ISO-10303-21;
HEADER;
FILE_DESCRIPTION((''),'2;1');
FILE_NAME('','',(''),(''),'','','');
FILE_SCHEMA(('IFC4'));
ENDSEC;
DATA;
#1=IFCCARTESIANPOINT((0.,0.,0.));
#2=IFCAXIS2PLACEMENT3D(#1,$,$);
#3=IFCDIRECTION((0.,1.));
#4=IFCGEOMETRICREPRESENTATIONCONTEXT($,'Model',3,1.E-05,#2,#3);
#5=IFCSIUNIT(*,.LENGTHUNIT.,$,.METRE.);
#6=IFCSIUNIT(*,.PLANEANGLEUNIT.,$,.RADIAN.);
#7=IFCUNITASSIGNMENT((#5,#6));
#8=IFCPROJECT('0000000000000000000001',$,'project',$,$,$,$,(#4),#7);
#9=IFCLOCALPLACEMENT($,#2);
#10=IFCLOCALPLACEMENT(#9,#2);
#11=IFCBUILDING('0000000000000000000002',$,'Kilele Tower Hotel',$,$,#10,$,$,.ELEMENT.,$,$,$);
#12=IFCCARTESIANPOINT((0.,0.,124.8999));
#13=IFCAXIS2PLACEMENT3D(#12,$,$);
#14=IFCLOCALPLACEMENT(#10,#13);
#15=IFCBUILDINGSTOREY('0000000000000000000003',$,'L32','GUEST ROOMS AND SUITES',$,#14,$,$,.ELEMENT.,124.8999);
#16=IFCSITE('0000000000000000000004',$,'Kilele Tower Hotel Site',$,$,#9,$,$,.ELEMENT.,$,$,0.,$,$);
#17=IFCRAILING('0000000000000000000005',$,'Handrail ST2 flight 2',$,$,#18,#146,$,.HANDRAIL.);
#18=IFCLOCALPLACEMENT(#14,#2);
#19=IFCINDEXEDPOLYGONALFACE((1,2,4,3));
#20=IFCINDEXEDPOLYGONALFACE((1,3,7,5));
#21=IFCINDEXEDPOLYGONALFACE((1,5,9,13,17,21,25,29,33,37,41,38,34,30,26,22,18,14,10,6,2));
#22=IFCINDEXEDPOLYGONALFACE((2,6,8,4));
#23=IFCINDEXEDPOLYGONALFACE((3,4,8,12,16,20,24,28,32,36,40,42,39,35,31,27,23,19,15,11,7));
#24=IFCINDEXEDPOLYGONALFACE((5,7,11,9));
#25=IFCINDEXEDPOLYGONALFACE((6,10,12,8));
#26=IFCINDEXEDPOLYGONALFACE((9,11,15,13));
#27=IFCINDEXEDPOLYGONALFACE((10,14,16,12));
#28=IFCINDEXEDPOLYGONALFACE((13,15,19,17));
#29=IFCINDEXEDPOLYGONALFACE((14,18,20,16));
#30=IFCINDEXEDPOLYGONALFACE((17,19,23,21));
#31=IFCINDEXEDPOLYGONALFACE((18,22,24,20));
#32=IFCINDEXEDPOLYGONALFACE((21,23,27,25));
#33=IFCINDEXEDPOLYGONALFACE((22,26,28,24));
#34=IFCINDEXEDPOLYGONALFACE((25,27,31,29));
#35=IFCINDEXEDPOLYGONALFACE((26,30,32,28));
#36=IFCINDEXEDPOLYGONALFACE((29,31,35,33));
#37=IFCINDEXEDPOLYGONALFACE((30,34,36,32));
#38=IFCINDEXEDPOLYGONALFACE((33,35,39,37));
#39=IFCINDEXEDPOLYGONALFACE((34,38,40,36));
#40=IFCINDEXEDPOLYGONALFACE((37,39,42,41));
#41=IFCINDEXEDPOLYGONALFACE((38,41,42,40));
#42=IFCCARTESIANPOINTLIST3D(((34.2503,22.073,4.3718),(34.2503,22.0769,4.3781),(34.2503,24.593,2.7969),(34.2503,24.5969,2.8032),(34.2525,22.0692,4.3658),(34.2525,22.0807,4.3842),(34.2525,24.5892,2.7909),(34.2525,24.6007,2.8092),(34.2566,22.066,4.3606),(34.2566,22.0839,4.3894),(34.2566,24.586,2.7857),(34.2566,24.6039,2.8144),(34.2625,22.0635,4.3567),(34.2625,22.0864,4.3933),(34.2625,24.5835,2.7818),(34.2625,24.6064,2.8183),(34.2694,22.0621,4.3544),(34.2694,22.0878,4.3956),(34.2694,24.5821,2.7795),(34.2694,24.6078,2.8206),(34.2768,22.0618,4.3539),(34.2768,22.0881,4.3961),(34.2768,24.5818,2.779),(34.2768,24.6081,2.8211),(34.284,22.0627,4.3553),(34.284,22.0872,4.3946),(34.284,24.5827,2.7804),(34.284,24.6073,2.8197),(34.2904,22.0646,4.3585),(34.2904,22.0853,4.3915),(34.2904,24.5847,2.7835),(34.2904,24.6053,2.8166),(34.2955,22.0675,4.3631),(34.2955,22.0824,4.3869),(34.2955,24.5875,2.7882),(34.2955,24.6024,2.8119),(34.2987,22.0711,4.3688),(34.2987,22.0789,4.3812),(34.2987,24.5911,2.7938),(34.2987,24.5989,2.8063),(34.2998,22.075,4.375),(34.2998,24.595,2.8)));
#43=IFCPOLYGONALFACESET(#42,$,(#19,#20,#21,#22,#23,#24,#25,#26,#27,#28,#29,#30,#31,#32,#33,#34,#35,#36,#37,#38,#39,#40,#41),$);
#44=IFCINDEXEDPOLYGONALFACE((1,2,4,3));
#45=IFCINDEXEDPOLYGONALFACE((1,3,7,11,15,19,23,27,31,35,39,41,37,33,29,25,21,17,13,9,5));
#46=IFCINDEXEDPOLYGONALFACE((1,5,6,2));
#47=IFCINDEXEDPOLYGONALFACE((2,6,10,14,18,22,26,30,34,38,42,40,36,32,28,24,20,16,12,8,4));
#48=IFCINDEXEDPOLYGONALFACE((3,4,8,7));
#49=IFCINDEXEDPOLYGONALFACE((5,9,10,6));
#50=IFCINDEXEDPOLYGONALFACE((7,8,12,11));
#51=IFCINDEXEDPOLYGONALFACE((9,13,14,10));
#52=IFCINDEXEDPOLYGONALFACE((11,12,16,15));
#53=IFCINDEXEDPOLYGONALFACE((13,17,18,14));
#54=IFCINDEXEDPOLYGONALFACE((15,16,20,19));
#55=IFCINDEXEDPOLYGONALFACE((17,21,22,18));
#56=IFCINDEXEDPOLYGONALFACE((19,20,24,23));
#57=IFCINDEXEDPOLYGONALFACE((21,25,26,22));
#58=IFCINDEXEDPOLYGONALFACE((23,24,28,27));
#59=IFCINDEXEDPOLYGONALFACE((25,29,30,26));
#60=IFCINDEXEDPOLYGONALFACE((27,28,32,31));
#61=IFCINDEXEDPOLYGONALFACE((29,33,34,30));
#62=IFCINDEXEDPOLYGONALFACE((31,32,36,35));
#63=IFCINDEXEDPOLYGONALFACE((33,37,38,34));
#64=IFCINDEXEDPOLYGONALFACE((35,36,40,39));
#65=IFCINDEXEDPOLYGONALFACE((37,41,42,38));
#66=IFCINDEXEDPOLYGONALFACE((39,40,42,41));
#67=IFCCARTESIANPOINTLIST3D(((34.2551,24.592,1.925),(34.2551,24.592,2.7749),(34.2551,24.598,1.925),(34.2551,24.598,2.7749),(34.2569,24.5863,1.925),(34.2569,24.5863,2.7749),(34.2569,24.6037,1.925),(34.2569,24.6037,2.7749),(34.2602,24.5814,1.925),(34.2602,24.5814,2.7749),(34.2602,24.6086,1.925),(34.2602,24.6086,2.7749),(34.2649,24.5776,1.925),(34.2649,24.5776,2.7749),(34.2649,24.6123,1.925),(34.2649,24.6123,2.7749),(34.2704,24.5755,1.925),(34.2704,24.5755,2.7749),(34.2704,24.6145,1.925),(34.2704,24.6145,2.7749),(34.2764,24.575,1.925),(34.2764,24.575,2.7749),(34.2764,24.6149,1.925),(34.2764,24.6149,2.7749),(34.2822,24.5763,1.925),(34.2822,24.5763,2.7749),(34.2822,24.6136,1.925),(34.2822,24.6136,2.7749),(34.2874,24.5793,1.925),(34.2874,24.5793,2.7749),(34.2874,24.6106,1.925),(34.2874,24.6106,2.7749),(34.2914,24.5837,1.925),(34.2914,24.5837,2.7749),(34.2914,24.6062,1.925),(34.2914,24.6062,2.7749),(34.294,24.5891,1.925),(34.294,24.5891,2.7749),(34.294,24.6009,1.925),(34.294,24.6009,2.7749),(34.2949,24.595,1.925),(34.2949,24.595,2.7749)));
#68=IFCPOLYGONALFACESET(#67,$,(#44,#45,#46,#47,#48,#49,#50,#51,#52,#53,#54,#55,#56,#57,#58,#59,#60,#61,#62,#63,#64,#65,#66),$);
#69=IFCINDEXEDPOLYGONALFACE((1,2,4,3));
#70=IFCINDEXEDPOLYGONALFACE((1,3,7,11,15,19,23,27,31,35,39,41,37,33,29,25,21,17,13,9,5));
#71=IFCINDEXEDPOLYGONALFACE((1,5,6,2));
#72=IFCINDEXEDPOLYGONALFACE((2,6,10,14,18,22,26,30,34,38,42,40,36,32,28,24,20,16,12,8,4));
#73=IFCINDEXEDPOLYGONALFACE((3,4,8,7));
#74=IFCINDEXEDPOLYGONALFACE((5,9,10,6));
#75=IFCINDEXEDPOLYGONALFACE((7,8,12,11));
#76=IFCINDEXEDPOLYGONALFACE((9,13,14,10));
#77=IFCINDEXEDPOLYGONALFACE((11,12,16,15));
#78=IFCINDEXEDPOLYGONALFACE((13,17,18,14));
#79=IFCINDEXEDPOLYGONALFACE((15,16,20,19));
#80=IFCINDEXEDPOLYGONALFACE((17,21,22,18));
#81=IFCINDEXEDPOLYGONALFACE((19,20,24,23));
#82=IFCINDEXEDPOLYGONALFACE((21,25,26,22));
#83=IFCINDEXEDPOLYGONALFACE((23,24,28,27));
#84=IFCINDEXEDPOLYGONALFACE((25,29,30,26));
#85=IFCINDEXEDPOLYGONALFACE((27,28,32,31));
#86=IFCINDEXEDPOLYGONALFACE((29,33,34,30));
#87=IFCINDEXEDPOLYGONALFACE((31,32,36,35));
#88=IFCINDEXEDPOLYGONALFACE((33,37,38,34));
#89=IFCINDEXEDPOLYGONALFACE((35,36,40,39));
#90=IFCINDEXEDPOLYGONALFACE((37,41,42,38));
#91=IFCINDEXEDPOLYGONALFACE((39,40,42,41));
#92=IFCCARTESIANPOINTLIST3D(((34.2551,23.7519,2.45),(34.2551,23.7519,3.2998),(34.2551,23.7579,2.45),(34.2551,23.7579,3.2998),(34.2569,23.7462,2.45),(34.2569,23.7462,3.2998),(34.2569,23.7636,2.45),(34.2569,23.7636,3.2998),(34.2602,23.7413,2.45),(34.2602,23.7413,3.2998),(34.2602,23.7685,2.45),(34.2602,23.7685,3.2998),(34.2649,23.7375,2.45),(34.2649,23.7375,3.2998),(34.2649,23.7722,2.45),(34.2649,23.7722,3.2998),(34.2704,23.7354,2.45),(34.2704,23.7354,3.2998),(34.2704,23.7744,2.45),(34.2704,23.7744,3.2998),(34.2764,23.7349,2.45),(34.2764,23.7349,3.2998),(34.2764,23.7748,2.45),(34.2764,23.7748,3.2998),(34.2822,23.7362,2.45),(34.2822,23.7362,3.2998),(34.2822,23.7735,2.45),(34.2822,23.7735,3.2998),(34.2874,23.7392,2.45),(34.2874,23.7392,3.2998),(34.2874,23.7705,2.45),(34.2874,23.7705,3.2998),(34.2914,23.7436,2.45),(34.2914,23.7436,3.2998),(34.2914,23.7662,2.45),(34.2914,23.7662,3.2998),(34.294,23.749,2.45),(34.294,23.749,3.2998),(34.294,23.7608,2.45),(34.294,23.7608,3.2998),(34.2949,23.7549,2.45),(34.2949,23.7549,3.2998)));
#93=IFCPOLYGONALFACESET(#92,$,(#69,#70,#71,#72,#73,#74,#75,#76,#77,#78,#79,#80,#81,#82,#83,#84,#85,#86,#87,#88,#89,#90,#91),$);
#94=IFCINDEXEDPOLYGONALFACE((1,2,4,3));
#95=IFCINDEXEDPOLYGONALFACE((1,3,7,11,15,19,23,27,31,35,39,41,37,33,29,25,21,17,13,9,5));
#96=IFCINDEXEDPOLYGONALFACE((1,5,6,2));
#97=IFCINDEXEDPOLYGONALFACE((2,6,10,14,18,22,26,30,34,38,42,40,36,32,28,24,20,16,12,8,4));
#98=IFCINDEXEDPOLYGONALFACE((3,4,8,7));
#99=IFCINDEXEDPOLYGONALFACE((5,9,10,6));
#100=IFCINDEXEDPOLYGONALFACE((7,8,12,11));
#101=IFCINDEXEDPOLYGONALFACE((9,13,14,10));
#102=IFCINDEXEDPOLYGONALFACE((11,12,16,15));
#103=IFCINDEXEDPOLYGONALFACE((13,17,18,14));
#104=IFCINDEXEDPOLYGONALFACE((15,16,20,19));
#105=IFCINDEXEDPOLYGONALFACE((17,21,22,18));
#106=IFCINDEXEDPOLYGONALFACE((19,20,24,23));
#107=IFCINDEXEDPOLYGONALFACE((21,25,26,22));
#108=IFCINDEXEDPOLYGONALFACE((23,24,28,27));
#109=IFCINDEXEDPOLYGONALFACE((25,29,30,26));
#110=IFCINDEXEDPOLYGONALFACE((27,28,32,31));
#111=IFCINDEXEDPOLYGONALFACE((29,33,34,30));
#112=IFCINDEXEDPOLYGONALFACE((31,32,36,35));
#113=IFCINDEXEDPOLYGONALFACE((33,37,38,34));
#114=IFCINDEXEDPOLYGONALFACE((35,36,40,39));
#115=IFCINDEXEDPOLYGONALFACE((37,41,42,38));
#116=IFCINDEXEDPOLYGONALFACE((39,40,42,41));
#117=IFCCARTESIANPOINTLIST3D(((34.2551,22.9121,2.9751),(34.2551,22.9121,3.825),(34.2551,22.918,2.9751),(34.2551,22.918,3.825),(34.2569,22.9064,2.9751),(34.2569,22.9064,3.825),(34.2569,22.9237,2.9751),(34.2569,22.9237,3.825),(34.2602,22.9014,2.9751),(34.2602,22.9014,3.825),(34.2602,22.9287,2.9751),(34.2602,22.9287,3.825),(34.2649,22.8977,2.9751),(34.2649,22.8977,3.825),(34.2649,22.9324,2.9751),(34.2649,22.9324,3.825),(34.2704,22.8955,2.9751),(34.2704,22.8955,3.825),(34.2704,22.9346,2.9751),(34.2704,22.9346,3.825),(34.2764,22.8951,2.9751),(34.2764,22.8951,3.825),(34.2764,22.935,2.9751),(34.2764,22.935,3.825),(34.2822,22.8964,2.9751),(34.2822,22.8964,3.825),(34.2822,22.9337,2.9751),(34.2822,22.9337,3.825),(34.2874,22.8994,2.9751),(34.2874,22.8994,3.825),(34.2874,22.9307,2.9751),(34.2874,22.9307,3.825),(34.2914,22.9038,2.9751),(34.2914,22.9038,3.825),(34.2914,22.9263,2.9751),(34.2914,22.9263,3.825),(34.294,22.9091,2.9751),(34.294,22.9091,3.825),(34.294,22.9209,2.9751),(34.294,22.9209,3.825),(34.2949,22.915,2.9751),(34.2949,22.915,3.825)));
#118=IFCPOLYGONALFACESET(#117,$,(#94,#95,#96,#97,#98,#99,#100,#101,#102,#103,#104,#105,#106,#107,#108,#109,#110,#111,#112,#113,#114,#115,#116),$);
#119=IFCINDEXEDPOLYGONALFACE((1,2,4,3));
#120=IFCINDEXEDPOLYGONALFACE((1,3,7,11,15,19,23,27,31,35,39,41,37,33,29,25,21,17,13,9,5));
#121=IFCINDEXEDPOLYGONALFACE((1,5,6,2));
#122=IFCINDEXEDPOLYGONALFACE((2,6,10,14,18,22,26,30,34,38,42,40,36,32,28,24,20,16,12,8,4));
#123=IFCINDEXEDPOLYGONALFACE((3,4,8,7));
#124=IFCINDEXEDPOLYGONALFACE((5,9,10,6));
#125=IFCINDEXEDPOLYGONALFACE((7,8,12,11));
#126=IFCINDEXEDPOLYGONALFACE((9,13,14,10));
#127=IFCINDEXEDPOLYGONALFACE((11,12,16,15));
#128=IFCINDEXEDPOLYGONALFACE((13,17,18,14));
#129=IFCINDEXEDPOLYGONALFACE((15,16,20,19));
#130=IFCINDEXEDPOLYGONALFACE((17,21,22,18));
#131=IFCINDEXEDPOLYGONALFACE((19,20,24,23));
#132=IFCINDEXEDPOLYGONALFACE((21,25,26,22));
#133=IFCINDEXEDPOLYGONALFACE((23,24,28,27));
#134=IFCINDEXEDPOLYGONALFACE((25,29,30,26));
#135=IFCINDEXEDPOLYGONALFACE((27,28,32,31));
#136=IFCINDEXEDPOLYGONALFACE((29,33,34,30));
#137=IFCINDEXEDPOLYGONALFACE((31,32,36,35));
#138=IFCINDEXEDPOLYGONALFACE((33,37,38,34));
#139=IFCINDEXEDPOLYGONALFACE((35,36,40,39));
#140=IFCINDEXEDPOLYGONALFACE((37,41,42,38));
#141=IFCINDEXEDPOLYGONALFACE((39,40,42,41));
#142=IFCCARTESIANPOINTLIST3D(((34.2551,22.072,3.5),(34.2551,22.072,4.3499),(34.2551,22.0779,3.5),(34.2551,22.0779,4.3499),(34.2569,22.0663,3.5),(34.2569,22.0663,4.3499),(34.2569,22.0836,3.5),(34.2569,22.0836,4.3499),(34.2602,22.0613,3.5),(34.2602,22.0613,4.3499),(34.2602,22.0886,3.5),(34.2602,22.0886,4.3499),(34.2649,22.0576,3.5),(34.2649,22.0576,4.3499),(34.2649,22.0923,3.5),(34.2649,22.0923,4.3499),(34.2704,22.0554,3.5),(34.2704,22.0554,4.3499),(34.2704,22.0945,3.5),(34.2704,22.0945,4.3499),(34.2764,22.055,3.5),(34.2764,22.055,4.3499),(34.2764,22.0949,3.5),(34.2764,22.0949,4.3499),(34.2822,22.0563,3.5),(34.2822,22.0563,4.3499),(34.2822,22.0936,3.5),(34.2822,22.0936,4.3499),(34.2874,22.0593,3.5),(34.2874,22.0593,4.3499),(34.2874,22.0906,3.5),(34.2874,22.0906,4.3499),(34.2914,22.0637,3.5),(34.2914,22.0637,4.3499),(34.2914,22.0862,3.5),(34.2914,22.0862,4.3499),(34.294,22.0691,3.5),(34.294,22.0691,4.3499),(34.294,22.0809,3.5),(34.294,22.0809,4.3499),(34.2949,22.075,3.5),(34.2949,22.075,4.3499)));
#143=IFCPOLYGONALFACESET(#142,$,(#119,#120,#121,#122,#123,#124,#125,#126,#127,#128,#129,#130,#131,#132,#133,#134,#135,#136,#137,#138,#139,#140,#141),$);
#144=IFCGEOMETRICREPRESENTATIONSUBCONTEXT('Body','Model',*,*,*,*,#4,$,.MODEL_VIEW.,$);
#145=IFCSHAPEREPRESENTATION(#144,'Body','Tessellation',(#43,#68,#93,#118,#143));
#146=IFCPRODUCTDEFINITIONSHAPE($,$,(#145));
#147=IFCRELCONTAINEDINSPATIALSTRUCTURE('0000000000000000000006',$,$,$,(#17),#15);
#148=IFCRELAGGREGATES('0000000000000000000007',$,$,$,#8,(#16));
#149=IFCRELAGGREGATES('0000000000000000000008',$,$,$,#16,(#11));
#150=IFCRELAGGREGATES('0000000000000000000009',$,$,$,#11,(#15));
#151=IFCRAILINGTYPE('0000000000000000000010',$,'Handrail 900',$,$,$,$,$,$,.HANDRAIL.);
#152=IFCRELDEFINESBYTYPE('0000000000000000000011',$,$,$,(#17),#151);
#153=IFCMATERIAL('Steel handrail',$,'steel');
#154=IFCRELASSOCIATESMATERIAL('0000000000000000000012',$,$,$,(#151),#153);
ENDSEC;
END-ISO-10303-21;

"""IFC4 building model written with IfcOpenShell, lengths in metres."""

from ifc_helpers import new_model, si_unit, direction, frame, origin, origin_2d, place, context, subcontext, project, spatial, circle, extrude, material, type_object, element, save


model = new_model("IFC4")

# Units and contexts
model_context = context("Model", 3, precision=1e-05, world=origin(), true_north=direction((0.0, 1.0)))
body_context = subcontext(model_context, "Body", "Model", "MODEL_VIEW")
ifc_project = project(units=[si_unit("LENGTHUNIT", "METRE"), si_unit("PLANEANGLEUNIT", "RADIAN")], contexts=[model_context])

# Site, building, storey
site_placement = place(None, origin())
site = spatial("IfcSite", under=ifc_project, at=site_placement, Name="Kilele Tower Hotel Site", CompositionType="ELEMENT", RefElevation=0.0)
building_placement = place(site_placement, origin())
building = spatial("IfcBuilding", under=site, at=building_placement, Name="Kilele Tower Hotel", CompositionType="ELEMENT")
storey_placement = place(building_placement, frame((0.0, 0.0, 124.8999)))
storey = spatial("IfcBuildingStorey", under=building, at=storey_placement, Name="L32", Description="GUEST ROOMS AND SUITES", CompositionType="ELEMENT", Elevation=124.8999)

# Railing
ifc_material_1 = material(Name="Steel handrail", Category="steel")
railing_type_1 = type_object("IfcRailingType", Name="Handrail 900", PredefinedType="HANDRAIL", material=ifc_material_1)
for number, where, name in (
    (1, (34.2749, 24.595, 1.925), "Handrail ST2 flight 2"),
):
    element("IfcRailing", number, at=place(storey_placement, frame(where)), inside=storey, type_object=railing_type_1, Name=name, PredefinedType="HANDRAIL", context=body_context, shape_type="SweptSolid", body=[
        extrude(circle(Radius=0.0249, at=origin_2d()), frame((0.0, 0.0, 0.875), z_axis=(0.0, -0.848008, 0.529984), x_axis=(1.0, 0.0, 0.0)), (0.0, 0.0, 1.0), 2.9717),
        extrude(circle(Radius=0.02, at=origin_2d()), origin(), (0.0, 0.0, 1.0), 0.8499),
        extrude(circle(Radius=0.02, at=origin_2d()), frame((0.0, -0.8401, 0.5249)), (0.0, 0.0, 1.0), 0.8499),
        extrude(circle(Radius=0.02, at=origin_2d()), frame((0.0, -1.6799, 1.05)), (0.0, 0.0, 1.0), 0.8499),
        extrude(circle(Radius=0.02, at=origin_2d()), frame((0.0, -2.52, 1.575)), (0.0, 0.0, 1.0), 0.8499),
    ])

save(model, "model.ifc")
